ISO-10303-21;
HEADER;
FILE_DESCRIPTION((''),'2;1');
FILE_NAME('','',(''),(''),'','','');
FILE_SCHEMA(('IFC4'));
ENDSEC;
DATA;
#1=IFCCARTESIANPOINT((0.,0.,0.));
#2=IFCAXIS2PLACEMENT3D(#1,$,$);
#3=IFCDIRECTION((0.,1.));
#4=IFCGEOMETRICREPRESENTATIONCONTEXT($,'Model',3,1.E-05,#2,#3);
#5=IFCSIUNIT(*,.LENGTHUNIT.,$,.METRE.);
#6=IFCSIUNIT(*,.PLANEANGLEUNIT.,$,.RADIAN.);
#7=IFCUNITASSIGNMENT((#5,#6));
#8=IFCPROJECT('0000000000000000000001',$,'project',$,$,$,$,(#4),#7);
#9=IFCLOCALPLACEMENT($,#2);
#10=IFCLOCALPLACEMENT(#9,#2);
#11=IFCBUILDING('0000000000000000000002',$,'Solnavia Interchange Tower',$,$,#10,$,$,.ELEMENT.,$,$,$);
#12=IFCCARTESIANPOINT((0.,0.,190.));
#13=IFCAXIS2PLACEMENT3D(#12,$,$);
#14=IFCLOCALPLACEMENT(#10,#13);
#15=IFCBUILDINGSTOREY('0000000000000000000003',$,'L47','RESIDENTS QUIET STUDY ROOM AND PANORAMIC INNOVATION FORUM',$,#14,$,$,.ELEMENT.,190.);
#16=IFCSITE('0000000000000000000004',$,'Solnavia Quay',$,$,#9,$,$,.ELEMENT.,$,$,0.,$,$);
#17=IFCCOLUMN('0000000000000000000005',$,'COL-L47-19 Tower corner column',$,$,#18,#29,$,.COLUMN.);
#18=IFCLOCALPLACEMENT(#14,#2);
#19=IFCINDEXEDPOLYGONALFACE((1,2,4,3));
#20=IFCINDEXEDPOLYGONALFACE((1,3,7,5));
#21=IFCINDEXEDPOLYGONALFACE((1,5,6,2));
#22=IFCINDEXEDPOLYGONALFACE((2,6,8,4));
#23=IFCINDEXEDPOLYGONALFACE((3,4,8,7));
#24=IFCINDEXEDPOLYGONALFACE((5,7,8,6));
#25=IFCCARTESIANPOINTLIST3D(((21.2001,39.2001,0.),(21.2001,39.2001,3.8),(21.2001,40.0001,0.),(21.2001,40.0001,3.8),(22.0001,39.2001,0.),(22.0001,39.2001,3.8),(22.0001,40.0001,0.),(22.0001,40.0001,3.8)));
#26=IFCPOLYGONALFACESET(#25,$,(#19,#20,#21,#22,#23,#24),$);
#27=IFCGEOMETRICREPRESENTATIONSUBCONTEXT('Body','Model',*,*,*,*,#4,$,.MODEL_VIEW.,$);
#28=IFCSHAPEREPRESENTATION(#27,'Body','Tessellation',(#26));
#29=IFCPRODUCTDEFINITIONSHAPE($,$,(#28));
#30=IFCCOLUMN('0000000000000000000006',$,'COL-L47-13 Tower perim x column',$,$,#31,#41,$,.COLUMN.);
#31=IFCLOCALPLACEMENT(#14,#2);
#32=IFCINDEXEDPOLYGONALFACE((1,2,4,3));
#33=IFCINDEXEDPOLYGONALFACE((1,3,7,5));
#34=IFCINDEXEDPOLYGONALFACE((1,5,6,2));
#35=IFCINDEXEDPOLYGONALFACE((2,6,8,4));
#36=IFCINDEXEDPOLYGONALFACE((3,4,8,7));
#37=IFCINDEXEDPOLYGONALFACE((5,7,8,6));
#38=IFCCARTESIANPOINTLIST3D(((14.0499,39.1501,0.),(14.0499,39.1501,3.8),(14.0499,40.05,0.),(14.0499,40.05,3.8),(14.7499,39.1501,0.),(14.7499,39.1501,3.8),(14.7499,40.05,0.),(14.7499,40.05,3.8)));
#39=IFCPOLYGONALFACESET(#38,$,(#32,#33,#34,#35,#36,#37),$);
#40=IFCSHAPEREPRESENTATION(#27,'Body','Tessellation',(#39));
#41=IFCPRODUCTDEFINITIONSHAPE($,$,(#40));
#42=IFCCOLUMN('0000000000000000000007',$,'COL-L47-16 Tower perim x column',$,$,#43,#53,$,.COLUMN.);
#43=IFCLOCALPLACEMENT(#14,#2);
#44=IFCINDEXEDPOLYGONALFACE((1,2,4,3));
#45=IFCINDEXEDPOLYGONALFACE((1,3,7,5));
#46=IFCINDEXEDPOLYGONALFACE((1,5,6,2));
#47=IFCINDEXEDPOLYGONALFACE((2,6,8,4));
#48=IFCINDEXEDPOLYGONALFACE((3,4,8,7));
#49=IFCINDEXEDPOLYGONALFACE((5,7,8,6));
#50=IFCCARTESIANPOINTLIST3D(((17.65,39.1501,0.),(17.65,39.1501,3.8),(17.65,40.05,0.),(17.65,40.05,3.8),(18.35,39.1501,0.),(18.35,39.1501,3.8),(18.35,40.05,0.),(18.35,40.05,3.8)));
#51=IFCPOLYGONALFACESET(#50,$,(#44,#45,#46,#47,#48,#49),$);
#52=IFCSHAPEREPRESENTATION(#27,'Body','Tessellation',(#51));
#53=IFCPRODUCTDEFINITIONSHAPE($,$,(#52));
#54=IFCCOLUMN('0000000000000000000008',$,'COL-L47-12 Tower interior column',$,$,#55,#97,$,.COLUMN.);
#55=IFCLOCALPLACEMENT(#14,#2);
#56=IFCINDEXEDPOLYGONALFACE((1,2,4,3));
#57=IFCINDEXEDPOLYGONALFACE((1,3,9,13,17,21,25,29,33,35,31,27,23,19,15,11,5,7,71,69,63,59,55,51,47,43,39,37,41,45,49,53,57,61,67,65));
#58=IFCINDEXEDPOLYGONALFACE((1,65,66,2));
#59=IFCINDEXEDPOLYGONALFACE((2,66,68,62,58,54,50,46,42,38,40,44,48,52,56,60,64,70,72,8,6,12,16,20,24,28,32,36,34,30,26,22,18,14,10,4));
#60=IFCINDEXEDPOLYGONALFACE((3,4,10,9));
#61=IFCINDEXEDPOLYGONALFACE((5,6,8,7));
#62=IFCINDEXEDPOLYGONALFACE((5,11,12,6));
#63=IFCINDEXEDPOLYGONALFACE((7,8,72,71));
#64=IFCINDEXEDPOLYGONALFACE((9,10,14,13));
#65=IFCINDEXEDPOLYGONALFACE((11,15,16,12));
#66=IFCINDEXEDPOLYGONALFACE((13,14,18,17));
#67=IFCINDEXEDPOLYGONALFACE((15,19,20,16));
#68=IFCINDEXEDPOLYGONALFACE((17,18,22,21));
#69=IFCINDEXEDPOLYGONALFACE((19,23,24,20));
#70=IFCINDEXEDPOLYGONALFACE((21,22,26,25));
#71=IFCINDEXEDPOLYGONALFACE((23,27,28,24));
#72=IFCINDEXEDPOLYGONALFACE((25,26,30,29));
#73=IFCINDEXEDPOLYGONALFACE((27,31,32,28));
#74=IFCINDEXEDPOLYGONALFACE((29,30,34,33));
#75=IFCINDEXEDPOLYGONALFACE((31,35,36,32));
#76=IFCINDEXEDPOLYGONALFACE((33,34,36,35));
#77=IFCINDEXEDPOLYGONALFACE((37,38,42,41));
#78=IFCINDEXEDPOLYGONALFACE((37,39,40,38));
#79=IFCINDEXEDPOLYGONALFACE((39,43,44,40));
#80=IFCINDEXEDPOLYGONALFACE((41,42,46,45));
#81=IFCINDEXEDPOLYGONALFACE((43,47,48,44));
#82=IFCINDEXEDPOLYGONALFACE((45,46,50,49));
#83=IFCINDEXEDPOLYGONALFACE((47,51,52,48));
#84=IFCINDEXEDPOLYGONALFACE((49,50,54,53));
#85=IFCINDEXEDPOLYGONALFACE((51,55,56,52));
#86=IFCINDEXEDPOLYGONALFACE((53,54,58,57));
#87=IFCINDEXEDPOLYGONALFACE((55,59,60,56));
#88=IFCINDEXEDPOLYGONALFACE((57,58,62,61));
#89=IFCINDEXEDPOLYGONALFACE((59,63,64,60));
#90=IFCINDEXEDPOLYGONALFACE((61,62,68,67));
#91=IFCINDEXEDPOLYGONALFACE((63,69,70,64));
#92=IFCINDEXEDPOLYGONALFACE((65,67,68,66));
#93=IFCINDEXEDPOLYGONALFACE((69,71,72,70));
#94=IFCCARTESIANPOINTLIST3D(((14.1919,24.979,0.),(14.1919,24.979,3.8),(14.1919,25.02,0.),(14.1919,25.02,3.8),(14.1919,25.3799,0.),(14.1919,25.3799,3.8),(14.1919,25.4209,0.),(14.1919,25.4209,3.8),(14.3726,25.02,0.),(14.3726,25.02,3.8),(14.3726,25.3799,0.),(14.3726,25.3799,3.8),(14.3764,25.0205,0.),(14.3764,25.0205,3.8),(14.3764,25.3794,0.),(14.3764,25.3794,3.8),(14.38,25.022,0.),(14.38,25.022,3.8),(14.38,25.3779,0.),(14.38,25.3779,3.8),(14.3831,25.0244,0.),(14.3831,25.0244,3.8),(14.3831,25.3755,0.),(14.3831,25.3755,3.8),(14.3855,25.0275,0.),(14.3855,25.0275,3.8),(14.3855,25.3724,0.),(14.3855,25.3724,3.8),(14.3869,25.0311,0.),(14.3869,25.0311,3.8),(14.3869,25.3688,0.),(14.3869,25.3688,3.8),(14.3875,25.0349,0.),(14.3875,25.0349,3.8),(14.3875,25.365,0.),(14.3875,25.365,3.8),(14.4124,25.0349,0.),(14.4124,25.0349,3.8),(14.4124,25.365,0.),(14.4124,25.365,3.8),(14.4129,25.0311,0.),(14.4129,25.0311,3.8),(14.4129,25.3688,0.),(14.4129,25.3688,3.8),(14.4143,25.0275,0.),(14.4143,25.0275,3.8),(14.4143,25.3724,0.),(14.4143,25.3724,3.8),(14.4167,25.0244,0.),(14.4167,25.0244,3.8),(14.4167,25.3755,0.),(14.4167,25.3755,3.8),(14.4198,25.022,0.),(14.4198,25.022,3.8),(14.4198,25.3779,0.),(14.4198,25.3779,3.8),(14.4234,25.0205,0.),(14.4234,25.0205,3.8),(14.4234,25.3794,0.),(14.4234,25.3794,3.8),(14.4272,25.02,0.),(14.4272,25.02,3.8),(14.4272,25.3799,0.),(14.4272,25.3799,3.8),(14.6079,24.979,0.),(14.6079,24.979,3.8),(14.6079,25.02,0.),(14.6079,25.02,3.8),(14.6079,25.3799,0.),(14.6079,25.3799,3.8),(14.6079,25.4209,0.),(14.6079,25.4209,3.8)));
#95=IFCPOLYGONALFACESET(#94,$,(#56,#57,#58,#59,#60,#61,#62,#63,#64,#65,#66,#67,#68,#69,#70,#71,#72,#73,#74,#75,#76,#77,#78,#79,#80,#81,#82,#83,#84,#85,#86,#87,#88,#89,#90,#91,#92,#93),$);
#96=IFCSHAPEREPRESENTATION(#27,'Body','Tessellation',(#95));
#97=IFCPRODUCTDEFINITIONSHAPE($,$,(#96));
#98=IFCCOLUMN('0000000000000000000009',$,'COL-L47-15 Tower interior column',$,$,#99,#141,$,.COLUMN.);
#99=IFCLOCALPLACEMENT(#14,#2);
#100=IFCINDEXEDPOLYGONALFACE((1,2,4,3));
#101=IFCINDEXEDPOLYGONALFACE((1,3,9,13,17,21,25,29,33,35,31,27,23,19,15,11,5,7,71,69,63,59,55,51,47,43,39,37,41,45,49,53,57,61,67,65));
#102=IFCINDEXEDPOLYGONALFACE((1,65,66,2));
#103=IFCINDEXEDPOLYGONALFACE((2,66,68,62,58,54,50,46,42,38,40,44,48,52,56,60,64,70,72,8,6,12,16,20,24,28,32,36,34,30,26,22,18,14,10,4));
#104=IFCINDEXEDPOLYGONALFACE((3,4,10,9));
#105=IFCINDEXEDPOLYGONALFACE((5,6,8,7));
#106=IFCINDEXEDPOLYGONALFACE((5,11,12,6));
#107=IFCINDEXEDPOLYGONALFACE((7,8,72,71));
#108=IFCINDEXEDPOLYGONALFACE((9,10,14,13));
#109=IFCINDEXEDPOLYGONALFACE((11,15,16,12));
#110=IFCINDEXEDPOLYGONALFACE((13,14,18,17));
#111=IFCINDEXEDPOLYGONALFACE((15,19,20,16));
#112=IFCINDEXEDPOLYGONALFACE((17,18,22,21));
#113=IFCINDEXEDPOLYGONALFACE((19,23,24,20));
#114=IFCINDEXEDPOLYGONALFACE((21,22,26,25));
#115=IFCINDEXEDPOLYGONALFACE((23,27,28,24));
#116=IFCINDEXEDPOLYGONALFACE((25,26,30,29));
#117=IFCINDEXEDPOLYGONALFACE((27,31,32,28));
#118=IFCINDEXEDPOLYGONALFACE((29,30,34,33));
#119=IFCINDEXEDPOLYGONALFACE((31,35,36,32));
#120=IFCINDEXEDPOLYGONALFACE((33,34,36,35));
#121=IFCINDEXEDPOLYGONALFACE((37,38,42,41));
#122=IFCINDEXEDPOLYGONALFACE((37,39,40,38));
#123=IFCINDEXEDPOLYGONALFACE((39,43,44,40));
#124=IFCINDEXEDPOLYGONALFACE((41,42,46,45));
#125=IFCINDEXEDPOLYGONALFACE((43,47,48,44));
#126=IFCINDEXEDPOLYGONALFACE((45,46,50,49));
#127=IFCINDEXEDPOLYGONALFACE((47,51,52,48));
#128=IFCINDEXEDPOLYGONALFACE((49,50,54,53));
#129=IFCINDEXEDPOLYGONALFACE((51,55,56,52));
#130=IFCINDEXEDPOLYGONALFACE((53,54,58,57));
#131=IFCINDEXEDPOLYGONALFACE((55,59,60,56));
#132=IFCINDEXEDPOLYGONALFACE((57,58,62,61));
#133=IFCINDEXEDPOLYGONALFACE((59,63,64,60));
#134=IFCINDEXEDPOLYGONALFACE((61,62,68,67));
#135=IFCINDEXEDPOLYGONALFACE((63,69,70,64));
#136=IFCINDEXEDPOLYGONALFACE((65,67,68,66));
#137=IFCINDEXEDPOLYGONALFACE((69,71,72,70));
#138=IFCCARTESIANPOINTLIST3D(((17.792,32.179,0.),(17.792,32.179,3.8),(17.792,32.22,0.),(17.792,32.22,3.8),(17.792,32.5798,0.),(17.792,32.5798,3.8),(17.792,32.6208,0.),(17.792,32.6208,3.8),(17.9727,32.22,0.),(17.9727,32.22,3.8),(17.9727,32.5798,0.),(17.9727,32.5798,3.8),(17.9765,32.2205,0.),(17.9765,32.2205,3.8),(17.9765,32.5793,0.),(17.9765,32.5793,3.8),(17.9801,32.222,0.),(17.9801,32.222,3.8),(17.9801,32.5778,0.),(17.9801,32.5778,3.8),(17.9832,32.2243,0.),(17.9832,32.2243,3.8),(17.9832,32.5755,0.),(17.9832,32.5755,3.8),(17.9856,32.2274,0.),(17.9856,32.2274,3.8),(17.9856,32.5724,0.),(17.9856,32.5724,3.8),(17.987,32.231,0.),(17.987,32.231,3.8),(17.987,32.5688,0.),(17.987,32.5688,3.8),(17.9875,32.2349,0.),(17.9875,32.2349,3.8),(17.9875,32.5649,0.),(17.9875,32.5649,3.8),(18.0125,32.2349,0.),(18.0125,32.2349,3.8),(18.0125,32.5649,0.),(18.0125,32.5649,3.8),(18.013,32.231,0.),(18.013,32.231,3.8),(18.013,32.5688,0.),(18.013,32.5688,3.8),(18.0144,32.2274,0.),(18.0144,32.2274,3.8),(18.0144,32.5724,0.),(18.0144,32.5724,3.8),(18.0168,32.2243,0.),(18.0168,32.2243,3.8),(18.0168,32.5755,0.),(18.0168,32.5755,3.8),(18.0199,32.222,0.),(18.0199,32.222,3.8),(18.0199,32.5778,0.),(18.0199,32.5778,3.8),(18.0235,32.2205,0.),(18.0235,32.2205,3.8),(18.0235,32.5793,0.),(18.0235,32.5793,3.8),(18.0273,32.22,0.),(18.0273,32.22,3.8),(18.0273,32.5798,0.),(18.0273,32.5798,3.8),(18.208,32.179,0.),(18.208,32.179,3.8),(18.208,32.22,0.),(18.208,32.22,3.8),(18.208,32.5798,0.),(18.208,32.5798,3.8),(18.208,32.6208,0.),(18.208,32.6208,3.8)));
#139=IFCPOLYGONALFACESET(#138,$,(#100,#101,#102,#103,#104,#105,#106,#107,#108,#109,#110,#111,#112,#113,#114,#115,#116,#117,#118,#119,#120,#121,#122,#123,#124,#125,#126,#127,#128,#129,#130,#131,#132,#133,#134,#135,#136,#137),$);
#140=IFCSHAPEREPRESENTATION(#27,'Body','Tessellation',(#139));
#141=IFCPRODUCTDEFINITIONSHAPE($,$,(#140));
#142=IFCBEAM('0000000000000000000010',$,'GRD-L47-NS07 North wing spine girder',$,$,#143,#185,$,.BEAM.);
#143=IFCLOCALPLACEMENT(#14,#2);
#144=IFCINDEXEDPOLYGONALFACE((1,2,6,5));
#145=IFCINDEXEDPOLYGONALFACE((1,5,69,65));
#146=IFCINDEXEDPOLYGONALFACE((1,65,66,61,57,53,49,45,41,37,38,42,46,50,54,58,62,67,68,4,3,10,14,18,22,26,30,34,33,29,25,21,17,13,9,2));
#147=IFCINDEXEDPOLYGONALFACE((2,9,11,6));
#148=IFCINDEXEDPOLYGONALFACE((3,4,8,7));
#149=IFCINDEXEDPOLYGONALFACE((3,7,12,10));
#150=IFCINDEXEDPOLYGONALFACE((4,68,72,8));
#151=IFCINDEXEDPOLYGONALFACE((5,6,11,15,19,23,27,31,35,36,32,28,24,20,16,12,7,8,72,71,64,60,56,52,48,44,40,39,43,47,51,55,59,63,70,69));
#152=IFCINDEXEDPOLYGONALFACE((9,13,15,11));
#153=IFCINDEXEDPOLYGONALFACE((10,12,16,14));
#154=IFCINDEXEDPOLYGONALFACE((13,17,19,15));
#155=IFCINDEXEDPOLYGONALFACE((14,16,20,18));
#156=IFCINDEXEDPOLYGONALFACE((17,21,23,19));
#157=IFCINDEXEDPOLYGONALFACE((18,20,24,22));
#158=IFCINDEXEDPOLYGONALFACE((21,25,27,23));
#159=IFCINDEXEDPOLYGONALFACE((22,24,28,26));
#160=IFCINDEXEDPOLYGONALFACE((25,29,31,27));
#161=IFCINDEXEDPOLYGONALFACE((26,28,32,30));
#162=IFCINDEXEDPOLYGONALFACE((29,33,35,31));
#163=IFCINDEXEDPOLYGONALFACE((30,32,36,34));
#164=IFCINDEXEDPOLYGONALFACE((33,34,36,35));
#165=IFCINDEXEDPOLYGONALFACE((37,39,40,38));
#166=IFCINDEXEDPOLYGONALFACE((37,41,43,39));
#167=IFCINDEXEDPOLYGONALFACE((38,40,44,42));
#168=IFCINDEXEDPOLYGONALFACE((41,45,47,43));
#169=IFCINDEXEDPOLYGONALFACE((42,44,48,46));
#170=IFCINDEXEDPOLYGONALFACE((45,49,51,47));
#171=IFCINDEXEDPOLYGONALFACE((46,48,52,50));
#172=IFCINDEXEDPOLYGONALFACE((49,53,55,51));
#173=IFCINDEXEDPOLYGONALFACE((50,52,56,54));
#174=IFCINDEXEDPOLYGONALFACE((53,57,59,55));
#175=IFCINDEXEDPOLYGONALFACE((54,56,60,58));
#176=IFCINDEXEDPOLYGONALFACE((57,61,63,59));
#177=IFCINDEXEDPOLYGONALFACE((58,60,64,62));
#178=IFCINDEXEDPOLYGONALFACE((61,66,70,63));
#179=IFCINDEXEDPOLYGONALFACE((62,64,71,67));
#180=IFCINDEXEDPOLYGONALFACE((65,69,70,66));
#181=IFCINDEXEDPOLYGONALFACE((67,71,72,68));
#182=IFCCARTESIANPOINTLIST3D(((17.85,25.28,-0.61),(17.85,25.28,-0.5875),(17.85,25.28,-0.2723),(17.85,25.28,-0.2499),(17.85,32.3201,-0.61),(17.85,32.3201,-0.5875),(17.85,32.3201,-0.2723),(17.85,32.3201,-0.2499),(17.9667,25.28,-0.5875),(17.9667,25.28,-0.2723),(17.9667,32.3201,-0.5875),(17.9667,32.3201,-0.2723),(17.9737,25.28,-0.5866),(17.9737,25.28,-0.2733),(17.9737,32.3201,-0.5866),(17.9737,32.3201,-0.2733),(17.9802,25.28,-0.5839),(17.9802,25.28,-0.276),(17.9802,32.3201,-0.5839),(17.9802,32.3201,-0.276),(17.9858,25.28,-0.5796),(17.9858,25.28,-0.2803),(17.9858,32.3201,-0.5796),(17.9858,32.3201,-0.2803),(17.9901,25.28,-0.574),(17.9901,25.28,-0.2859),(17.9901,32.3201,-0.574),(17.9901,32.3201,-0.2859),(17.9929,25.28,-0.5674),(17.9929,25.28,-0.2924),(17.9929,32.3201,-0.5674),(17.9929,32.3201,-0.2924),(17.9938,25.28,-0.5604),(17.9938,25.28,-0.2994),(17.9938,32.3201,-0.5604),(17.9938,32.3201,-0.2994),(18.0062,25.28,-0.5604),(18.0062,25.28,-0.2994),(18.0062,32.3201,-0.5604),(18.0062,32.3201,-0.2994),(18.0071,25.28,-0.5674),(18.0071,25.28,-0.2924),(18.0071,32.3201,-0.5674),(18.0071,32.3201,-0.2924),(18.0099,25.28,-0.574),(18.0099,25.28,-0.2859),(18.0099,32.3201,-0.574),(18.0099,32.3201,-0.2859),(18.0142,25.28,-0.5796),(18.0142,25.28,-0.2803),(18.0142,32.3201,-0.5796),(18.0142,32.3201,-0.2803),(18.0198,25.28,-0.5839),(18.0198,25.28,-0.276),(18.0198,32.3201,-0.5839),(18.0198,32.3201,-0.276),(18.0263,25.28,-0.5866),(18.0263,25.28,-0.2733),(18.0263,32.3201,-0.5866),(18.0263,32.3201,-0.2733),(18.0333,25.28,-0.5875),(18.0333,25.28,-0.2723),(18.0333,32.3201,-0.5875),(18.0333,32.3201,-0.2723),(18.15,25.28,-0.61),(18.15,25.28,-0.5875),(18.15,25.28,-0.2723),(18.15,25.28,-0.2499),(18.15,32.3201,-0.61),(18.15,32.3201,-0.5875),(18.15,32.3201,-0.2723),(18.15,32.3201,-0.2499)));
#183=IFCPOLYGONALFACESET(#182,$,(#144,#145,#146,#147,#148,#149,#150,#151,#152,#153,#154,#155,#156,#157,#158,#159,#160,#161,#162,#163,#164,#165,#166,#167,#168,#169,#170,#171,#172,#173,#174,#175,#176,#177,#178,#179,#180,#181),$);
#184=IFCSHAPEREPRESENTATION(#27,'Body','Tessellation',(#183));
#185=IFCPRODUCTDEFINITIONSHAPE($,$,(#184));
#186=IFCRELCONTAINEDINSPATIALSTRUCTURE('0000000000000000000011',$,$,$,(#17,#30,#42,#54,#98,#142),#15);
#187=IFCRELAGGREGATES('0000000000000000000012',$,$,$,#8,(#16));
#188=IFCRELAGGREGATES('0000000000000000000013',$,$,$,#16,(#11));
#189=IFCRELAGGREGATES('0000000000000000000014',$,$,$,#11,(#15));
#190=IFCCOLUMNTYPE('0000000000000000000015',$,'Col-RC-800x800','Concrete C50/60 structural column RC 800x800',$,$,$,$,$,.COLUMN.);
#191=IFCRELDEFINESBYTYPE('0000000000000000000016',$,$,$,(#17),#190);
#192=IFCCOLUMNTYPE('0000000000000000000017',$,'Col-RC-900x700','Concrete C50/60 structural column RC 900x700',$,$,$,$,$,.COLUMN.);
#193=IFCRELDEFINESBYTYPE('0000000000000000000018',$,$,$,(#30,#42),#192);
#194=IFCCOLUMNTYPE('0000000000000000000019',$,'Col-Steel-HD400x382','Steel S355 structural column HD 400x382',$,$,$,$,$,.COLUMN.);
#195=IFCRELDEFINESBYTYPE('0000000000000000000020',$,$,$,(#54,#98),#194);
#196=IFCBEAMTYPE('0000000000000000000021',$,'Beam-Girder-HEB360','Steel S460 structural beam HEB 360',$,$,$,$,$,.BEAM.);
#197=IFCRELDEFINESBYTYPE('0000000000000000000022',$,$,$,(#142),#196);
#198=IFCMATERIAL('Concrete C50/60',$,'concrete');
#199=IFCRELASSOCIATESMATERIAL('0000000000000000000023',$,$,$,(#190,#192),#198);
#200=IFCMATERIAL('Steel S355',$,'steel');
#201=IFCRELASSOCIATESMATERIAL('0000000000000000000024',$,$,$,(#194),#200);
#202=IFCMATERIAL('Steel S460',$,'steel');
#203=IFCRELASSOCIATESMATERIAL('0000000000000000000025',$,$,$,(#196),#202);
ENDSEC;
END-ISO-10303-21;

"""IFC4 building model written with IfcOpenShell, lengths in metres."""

from ifc_helpers import new_model, si_unit, direction, frame, origin, origin_2d, place, context, subcontext, project, spatial, rectangle, i_section, extrude, material, material_profile, profile_set, type_object, element, save


model = new_model("IFC4")

# Units and contexts
model_context = context("Model", 3, precision=1e-05, world=origin(), true_north=direction((0.0, 1.0)))
body_context = subcontext(model_context, "Body", "Model", "MODEL_VIEW")
ifc_project = project(units=[si_unit("LENGTHUNIT", "METRE"), si_unit("PLANEANGLEUNIT", "RADIAN")], contexts=[model_context])

# Site, building, storey
site_placement = place(None, origin())
site = spatial("IfcSite", under=ifc_project, at=site_placement, Name="Solnavia Quay", CompositionType="ELEMENT", RefElevation=0.0)
building_placement = place(site_placement, origin())
building = spatial("IfcBuilding", under=site, at=building_placement, Name="Solnavia Interchange Tower", CompositionType="ELEMENT")
storey_placement = place(building_placement, frame((0.0, 0.0, 190.0)))
storey = spatial("IfcBuildingStorey", under=building, at=storey_placement, Name="L47", Description="RESIDENTS QUIET STUDY ROOM AND PANORAMIC INNOVATION FORUM", CompositionType="ELEMENT", Elevation=190.0)

# Columns
ifc_material_1 = material(Name="Concrete C50/60", Category="concrete")
ifc_material_profile_1 = material_profile(ifc_material_1, rectangle(XDim=0.8, YDim=0.8, at=origin_2d()), Name="RC 800x800")
ifc_profile_set_1 = profile_set([ifc_material_profile_1], Name="Concrete C50/60")
column_type_1 = type_object("IfcColumnType", Name="Col-RC-800x800", Description="Concrete C50/60 structural column RC 800x800", PredefinedType="COLUMN", material=ifc_profile_set_1)
column_placement = place(storey_placement, frame((21.6001, 39.6001, 0.0), z_axis=(0.0, 0.0, 1.0), x_axis=(1.0, 0.0, 0.0)))
element("IfcColumn", 1, at=column_placement, inside=storey, type_object=column_type_1, Name="COL-L47-19 Tower corner column", PredefinedType="COLUMN", context=body_context, shape_type="SweptSolid", body=[
    extrude(rectangle(XDim=0.8, YDim=0.8, at=origin_2d()), origin(), (0.0, 0.0, 1.0), 3.8),
])
ifc_material_profile_2 = material_profile(ifc_material_1, rectangle(XDim=0.7, YDim=0.8999, at=origin_2d()), Name="RC 900x700")
ifc_profile_set_2 = profile_set([ifc_material_profile_2], Name="Concrete C50/60")
column_type_2 = type_object("IfcColumnType", Name="Col-RC-900x700", Description="Concrete C50/60 structural column RC 900x700", PredefinedType="COLUMN", material=ifc_profile_set_2)
for number, where, z_axis, x_axis, name in (
    (2, (14.3999, 39.6001, 0.0), (0.0, 0.0, 1.0), (1.0, 0.0, 0.0), "COL-L47-13 Tower perim x column"),
    (3, (18.0, 39.6001, 0.0), (0.0, 0.0, 1.0), (1.0, 0.0, 0.0), "COL-L47-16 Tower perim x column"),
):
    element("IfcColumn", number, at=place(storey_placement, frame(where, z_axis=z_axis, x_axis=x_axis)), inside=storey, type_object=column_type_2, Name=name, PredefinedType="COLUMN", context=body_context, shape_type="SweptSolid", body=[
        extrude(rectangle(XDim=0.7, YDim=0.8999, at=origin_2d()), origin(), (0.0, 0.0, 1.0), 3.8),
    ])
ifc_material_2 = material(Name="Steel S355", Category="steel")
ifc_material_profile_3 = material_profile(ifc_material_2, i_section(OverallWidth=0.416, OverallDepth=0.4419, WebThickness=0.0249, FlangeThickness=0.041, FilletRadius=0.0149, at=origin_2d()), Name="HD 400x382")
ifc_profile_set_3 = profile_set([ifc_material_profile_3], Name="Steel S355")
column_type_3 = type_object("IfcColumnType", Name="Col-Steel-HD400x382", Description="Steel S355 structural column HD 400x382", PredefinedType="COLUMN", material=ifc_profile_set_3)
for number, where, z_axis, x_axis, name in (
    (4, (14.3999, 25.2, 0.0), (0.0, 0.0, 1.0), (1.0, 0.0, 0.0), "COL-L47-12 Tower interior column"),
    (5, (18.0, 32.3999, 0.0), (0.0, 0.0, 1.0), (1.0, 0.0, 0.0), "COL-L47-15 Tower interior column"),
):
    element("IfcColumn", number, at=place(storey_placement, frame(where, z_axis=z_axis, x_axis=x_axis)), inside=storey, type_object=column_type_3, Name=name, PredefinedType="COLUMN", context=body_context, shape_type="SweptSolid", body=[
        extrude(i_section(OverallWidth=0.416, OverallDepth=0.4419, WebThickness=0.0249, FlangeThickness=0.041, FilletRadius=0.0149, at=origin_2d()), origin(), (0.0, 0.0, 1.0), 3.8),
    ])

# Beam
ifc_material_3 = material(Name="Steel S460", Category="steel")
ifc_material_profile_4 = material_profile(ifc_material_3, i_section(OverallWidth=0.3, OverallDepth=0.3601, WebThickness=0.0125, FlangeThickness=0.0225, FilletRadius=0.0271, at=origin_2d()), Name="HEB 360")
ifc_profile_set_4 = profile_set([ifc_material_profile_4], Name="Steel S460")
beam_type_1 = type_object("IfcBeamType", Name="Beam-Girder-HEB360", Description="Steel S460 structural beam HEB 360", PredefinedType="BEAM", material=ifc_profile_set_4)
for number, where, z_axis, x_axis, name in (
    (6, (18.0, 25.28, -0.4299), (0.0, 1.0, 0.0), (-1.0, 0.0, 0.0), "GRD-L47-NS07 North wing spine girder"),
):
    element("IfcBeam", number, at=place(storey_placement, frame(where, z_axis=z_axis, x_axis=x_axis)), inside=storey, type_object=beam_type_1, Name=name, PredefinedType="BEAM", context=body_context, shape_type="SweptSolid", body=[
        extrude(i_section(OverallWidth=0.3, OverallDepth=0.3601, WebThickness=0.0125, FlangeThickness=0.0225, FilletRadius=0.0271, at=origin_2d()), origin(), (0.0, 0.0, 1.0), 7.04),
    ])

save(model, "model.ifc")
